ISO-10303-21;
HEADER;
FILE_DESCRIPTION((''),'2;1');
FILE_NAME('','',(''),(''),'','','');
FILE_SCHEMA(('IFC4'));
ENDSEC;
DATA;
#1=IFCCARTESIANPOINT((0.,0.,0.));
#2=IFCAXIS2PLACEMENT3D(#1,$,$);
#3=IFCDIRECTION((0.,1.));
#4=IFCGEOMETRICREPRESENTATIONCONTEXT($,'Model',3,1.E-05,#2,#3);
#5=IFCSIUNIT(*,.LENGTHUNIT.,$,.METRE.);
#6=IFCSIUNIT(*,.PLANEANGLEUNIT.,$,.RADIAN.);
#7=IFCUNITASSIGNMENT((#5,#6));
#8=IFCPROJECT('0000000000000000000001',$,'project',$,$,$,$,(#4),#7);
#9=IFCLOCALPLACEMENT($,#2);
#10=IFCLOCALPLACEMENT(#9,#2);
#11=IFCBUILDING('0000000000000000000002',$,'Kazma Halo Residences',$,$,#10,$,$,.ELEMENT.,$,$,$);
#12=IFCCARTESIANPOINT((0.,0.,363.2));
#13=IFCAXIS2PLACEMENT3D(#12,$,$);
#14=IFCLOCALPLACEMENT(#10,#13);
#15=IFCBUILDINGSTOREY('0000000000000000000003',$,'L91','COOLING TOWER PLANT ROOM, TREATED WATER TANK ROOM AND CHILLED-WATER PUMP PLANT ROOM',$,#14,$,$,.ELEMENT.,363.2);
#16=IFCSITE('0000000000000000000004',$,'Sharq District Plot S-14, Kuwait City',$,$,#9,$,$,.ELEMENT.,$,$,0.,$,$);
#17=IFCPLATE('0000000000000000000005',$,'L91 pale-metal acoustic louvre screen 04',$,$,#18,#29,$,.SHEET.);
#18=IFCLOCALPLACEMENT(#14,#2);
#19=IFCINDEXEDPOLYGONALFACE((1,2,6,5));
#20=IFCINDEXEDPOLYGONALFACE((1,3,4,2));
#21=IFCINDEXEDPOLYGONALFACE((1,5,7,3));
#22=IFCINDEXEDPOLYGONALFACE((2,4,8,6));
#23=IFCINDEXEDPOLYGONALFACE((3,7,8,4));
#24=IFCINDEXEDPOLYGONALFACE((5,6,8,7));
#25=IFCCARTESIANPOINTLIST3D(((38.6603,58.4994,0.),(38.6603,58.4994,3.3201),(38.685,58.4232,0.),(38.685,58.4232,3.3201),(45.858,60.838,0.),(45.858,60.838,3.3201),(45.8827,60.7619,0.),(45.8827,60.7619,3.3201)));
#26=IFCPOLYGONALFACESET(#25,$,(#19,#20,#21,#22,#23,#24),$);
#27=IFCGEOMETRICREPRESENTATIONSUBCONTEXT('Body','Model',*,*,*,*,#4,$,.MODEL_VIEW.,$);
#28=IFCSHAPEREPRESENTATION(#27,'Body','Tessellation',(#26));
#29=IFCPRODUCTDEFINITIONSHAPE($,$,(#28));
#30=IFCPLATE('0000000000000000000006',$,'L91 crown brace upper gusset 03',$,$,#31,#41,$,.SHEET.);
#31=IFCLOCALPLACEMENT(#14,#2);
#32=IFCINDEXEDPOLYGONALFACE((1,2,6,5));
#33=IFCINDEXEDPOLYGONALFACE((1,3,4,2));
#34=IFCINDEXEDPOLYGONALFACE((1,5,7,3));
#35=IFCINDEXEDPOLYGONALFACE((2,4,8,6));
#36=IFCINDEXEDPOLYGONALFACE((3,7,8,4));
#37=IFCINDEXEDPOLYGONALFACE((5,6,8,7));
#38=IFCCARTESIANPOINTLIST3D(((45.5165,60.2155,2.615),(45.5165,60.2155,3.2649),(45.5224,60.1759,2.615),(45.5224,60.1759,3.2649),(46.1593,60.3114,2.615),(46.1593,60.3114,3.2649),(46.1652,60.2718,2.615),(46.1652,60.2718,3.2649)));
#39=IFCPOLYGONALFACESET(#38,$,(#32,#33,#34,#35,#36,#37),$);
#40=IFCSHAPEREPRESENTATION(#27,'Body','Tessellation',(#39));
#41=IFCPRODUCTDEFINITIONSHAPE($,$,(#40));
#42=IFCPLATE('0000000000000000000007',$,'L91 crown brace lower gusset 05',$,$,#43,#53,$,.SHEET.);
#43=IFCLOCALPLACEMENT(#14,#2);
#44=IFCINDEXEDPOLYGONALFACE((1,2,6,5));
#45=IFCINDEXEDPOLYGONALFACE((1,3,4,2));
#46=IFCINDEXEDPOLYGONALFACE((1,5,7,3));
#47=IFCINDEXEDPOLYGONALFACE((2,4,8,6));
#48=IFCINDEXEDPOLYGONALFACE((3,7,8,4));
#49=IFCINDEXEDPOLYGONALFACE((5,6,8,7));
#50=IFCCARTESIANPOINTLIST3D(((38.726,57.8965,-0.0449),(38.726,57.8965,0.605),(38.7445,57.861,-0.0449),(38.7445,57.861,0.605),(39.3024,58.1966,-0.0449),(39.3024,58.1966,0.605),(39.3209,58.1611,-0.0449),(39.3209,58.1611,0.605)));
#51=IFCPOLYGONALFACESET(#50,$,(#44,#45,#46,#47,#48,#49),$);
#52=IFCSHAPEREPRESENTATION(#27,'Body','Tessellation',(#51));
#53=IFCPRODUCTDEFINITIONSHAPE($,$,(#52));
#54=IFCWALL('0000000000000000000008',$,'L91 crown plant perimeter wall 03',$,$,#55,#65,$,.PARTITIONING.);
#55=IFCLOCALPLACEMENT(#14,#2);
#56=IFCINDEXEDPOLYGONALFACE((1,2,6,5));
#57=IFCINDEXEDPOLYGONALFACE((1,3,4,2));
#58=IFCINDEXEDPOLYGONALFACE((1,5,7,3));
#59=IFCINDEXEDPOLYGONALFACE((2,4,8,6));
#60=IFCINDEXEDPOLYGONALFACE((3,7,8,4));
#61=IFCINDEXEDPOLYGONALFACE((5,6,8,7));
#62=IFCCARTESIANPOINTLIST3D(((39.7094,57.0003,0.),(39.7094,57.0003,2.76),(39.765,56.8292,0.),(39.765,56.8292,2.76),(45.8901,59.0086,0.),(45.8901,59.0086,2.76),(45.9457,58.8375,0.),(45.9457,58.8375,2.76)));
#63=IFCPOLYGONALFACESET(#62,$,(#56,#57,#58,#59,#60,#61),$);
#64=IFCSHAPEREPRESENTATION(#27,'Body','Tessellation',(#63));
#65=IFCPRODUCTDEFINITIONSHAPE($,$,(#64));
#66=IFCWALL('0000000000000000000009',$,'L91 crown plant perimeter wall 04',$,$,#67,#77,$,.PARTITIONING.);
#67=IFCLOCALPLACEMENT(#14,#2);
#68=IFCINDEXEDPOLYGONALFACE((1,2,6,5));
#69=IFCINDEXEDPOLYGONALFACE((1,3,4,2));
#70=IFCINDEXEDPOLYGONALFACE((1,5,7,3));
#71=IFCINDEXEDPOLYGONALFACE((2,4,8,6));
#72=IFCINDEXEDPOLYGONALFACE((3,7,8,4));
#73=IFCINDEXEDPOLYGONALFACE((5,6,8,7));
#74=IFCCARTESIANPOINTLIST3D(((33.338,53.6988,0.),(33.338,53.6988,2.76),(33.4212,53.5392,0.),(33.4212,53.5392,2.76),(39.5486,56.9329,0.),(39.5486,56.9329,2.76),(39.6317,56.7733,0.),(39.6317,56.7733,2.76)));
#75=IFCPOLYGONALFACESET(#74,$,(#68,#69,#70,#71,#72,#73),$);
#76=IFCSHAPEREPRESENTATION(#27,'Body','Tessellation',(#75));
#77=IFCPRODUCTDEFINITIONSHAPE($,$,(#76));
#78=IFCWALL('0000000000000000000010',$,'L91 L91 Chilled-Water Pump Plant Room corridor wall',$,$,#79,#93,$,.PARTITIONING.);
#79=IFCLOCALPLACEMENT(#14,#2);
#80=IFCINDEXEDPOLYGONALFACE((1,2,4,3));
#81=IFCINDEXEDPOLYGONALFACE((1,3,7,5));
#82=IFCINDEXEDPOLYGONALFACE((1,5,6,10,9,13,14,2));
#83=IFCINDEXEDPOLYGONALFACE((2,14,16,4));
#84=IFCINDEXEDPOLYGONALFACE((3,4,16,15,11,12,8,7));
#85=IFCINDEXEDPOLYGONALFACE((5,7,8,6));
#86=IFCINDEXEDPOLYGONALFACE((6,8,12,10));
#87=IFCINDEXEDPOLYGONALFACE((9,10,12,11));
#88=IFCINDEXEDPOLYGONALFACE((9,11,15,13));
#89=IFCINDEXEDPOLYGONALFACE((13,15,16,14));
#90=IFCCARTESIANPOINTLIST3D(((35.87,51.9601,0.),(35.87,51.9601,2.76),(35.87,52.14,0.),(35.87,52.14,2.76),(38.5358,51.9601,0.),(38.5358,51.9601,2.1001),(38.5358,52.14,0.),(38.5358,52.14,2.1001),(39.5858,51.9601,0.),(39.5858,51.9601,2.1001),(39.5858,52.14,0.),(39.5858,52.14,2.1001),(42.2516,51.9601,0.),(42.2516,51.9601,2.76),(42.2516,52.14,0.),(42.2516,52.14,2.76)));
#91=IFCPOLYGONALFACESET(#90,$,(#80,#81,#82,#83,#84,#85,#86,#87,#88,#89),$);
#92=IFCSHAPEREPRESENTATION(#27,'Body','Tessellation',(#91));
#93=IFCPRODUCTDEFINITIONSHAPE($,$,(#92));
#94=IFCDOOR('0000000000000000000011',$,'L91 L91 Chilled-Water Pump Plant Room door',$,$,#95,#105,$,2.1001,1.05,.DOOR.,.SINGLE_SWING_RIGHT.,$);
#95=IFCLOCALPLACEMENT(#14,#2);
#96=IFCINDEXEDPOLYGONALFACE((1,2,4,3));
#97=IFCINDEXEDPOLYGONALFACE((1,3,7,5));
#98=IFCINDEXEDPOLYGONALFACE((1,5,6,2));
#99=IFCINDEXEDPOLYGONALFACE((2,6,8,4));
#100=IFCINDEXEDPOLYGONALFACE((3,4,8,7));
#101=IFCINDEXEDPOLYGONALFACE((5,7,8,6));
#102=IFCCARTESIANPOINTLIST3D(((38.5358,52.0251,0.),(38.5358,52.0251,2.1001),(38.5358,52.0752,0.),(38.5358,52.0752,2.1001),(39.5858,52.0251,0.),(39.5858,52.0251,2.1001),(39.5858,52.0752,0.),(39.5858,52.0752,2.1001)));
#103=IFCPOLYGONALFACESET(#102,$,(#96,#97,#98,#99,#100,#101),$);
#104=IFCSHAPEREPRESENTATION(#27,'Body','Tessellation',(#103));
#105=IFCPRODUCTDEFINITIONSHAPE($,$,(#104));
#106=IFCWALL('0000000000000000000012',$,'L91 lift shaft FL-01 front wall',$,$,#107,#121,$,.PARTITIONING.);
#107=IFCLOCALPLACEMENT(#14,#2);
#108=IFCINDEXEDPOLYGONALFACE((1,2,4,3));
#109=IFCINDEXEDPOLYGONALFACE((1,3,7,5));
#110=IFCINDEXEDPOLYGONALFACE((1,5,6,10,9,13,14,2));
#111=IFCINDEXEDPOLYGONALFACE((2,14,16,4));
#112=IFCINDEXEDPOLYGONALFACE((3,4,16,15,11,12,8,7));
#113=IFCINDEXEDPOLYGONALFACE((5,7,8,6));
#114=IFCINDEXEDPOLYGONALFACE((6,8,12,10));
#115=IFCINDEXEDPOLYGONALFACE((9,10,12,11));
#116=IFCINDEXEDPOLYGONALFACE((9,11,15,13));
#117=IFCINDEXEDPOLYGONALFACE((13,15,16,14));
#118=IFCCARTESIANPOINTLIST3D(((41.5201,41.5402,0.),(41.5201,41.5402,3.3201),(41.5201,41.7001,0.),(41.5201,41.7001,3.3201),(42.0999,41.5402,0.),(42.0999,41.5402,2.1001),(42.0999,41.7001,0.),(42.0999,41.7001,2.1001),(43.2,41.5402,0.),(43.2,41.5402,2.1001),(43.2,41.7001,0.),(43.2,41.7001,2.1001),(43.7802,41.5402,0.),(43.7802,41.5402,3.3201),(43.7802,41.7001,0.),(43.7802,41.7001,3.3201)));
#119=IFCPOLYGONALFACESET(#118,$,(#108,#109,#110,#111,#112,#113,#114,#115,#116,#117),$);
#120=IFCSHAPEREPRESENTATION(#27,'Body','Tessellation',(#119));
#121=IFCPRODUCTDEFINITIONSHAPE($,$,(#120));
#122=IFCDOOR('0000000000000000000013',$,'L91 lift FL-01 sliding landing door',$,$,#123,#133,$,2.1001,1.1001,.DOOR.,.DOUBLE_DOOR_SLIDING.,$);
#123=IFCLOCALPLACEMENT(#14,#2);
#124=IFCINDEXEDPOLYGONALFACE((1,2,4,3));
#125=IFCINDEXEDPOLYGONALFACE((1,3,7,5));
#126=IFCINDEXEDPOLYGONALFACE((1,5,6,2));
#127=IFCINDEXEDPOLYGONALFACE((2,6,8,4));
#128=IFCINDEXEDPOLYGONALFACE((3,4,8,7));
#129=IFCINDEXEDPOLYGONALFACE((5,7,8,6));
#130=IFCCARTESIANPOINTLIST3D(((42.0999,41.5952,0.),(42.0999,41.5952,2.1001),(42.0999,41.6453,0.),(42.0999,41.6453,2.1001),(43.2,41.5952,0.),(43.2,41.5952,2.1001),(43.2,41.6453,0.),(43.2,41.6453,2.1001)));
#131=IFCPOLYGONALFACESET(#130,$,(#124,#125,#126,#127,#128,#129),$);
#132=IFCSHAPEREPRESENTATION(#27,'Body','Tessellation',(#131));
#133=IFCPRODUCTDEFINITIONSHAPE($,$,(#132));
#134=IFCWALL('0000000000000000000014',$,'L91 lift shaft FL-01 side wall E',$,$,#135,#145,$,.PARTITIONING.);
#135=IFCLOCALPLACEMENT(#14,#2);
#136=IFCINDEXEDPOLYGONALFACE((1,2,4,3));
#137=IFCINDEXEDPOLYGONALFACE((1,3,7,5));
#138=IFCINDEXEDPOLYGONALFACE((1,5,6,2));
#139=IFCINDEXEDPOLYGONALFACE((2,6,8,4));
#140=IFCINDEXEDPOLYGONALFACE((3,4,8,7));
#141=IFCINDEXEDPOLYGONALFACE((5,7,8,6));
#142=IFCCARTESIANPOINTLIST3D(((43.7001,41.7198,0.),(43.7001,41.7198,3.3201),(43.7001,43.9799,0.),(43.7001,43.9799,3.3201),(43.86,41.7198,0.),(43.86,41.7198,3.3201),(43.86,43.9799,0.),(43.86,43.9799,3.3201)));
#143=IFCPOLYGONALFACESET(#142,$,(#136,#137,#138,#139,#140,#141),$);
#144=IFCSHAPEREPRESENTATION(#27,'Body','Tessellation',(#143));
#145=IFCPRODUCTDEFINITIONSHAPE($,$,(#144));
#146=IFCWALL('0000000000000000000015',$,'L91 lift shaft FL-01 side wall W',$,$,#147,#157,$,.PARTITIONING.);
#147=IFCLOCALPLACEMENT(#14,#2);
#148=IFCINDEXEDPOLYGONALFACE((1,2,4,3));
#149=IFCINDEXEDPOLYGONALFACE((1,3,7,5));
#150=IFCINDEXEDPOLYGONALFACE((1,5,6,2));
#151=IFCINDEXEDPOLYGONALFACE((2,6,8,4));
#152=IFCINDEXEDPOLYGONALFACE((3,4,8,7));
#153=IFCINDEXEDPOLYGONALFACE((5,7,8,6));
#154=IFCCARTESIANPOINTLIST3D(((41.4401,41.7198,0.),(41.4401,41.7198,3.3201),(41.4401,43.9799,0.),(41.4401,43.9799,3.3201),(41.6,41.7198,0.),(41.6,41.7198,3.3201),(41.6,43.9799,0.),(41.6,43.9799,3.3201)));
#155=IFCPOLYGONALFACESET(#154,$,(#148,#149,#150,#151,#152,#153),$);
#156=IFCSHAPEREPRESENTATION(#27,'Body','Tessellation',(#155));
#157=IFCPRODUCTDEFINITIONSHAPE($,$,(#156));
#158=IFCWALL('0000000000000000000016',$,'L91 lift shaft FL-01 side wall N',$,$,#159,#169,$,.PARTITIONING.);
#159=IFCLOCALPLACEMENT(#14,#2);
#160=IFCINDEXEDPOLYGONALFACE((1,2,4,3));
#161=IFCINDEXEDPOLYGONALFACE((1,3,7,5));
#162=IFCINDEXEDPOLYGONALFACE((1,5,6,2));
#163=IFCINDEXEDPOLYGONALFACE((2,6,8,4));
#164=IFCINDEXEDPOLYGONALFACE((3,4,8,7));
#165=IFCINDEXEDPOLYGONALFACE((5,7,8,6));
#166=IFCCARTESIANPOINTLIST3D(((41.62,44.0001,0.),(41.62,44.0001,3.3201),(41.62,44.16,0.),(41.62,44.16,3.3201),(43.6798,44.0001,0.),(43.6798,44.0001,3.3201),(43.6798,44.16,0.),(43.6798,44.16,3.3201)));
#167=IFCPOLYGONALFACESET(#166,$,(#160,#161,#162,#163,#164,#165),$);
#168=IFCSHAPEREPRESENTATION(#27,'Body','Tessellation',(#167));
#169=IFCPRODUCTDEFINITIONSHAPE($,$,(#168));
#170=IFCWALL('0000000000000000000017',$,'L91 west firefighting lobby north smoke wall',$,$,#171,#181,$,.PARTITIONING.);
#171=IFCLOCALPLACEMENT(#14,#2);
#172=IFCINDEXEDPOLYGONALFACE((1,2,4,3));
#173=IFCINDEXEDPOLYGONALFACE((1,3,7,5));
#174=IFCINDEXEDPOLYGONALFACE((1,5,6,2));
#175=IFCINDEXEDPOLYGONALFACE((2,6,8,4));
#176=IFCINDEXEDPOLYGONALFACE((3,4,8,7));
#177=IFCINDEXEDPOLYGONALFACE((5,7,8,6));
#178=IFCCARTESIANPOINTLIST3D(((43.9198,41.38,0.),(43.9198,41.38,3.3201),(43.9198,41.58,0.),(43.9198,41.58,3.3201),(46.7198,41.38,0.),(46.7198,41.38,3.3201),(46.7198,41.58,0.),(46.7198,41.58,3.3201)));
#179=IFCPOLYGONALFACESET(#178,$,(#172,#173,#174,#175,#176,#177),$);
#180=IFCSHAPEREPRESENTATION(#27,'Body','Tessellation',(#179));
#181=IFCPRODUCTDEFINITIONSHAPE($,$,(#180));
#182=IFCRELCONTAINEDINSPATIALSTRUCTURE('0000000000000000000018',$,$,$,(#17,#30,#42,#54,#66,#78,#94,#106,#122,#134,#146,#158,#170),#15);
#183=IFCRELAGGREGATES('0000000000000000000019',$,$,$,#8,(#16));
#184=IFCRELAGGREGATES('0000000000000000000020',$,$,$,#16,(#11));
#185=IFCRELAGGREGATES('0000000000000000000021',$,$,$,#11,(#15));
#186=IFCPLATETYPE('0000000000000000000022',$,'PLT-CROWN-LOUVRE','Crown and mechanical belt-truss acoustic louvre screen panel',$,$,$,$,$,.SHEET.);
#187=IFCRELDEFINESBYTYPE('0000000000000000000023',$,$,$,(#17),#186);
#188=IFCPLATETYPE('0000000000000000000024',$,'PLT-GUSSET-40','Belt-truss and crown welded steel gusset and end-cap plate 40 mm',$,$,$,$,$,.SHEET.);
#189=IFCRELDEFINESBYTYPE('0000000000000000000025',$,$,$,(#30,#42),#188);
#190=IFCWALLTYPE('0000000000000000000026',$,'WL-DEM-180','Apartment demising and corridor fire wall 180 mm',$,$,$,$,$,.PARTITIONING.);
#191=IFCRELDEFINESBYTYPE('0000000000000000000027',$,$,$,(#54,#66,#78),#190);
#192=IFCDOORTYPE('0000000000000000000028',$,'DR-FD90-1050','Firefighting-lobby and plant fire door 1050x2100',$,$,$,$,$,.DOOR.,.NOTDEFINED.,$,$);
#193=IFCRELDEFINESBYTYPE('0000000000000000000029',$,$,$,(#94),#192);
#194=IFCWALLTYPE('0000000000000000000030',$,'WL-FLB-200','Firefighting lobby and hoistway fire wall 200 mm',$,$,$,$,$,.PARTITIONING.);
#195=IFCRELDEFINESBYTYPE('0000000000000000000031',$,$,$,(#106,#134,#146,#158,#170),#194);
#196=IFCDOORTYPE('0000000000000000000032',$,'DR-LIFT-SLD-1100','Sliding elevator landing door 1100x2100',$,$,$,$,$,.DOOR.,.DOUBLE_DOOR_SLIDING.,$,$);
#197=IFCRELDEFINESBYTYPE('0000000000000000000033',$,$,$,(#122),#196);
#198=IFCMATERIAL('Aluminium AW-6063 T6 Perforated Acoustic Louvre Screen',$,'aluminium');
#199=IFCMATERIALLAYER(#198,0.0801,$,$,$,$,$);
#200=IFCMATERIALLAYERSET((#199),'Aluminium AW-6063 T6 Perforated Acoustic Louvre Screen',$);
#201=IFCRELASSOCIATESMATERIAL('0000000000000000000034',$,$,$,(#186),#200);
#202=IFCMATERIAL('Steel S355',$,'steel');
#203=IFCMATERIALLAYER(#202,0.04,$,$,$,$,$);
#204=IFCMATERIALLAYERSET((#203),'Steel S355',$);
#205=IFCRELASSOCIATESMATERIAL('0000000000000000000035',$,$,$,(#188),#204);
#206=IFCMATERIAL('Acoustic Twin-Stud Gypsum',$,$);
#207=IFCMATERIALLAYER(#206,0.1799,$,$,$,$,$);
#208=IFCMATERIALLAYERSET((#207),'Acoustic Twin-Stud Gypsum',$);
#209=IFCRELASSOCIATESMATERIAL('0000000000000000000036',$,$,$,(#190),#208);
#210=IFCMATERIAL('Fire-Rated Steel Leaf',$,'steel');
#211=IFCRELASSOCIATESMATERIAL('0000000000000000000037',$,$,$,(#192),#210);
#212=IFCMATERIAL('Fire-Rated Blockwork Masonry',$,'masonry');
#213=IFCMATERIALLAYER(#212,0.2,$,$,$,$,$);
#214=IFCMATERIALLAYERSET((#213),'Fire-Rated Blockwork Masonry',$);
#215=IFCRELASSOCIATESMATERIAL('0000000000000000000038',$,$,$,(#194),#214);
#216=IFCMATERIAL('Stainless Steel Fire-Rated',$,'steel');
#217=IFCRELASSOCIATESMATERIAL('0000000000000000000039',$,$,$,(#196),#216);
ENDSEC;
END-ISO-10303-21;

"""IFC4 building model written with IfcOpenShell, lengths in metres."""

from ifc_helpers import new_model, si_unit, direction, frame, frame_2d, origin, origin_2d, place, context, subcontext, project, spatial, rectangle, extrude, material, layer, layer_set, type_object, element, fill, save


model = new_model("IFC4")

# Units and contexts
model_context = context("Model", 3, precision=1e-05, world=origin(), true_north=direction((0.0, 1.0)))
body_context = subcontext(model_context, "Body", "Model", "MODEL_VIEW")
ifc_project = project(units=[si_unit("LENGTHUNIT", "METRE"), si_unit("PLANEANGLEUNIT", "RADIAN")], contexts=[model_context])

# Site, building, storey
site_placement = place(None, origin())
site = spatial("IfcSite", under=ifc_project, at=site_placement, Name="Sharq District Plot S-14, Kuwait City", CompositionType="ELEMENT", RefElevation=0.0)
building_placement = place(site_placement, origin())
building = spatial("IfcBuilding", under=site, at=building_placement, Name="Kazma Halo Residences", CompositionType="ELEMENT")
storey_placement = place(building_placement, frame((0.0, 0.0, 363.2)))
storey = spatial("IfcBuildingStorey", under=building, at=storey_placement, Name="L91", Description="COOLING TOWER PLANT ROOM, TREATED WATER TANK ROOM AND CHILLED-WATER PUMP PLANT ROOM", CompositionType="ELEMENT", Elevation=363.2)

# Shared definitions
ifc_material_1 = material(Name="Steel S355", Category="steel")

# Plates
ifc_material_2 = material(Name="Aluminium AW-6063 T6 Perforated Acoustic Louvre Screen", Category="aluminium")
ifc_layer_1 = layer(ifc_material_2, 0.0801)
ifc_layer_set_1 = layer_set([ifc_layer_1], Name="Aluminium AW-6063 T6 Perforated Acoustic Louvre Screen")
plate_type_1 = type_object("IfcPlateType", Name="PLT-CROWN-LOUVRE", Description="Crown and mechanical belt-truss acoustic louvre screen panel", PredefinedType="SHEET", material=ifc_layer_set_1)
plate_placement = place(storey_placement, frame((42.2715, 59.6306, 0.0), z_axis=(0.0, 0.0, 1.0), x_axis=(-0.951058, -0.309012, 0.0)))
element("IfcPlate", 1, at=plate_placement, inside=storey, type_object=plate_type_1, Name="L91 pale-metal acoustic louvre screen 04", PredefinedType="SHEET", context=body_context, shape_type="SweptSolid", body=[
    extrude(rectangle(XDim=7.5681, YDim=0.0801, at=origin_2d()), origin(), (0.0, 0.0, 1.0), 3.3201),
])
ifc_layer_2 = layer(ifc_material_1, 0.04)
ifc_layer_set_2 = layer_set([ifc_layer_2], Name="Steel S355")
plate_type_2 = type_object("IfcPlateType", Name="PLT-GUSSET-40", Description="Belt-truss and crown welded steel gusset and end-cap plate 40 mm", PredefinedType="SHEET", material=ifc_layer_set_2)
for number, where, z_axis, x_axis, name in (
    (2, (45.8408, 60.2437, 2.615), (0.0, 0.0, 1.0), (-0.989034, -0.147687, 0.0), "L91 crown brace upper gusset 03"),
    (3, (39.0234, 58.0288, -0.0449), (0.0, 0.0, 1.0), (-0.88695, -0.461866, 0.0), "L91 crown brace lower gusset 05"),
):
    element("IfcPlate", number, at=place(storey_placement, frame(where, z_axis=z_axis, x_axis=x_axis)), inside=storey, type_object=plate_type_2, Name=name, PredefinedType="SHEET", context=body_context, shape_type="SweptSolid", body=[
        extrude(rectangle(XDim=0.6499, YDim=0.04, at=origin_2d()), origin(), (0.0, 0.0, 1.0), 0.6499),
    ])

# Walls
ifc_material_3 = material(Name="Acoustic Twin-Stud Gypsum")
ifc_layer_3 = layer(ifc_material_3, 0.1799)
ifc_layer_set_3 = layer_set([ifc_layer_3], Name="Acoustic Twin-Stud Gypsum")
wall_type_1 = type_object("IfcWallType", Name="WL-DEM-180", Description="Apartment demising and corridor fire wall 180 mm", PredefinedType="PARTITIONING", material=ifc_layer_set_3)
wall_1_placement = place(storey_placement, frame((45.918, 58.9231, 0.0), z_axis=(0.0, 0.0, 1.0), x_axis=(-0.951053, -0.309028, 0.0)))
element("IfcWall", 4, at=wall_1_placement, inside=storey, type_object=wall_type_1, Name="L91 crown plant perimeter wall 03", PredefinedType="PARTITIONING", context=body_context, shape_type="SweptSolid", body=[
    extrude(rectangle(XDim=6.4988, YDim=0.1799, at=frame_2d((3.2495, 0.0))), origin(), (0.0, 0.0, 1.0), 2.76),
])
wall_2_placement = place(storey_placement, frame((39.5901, 56.853, 0.0), z_axis=(0.0, 0.0, 1.0), x_axis=(-0.886949, -0.461866, 0.0)))
element("IfcWall", 5, at=wall_2_placement, inside=storey, type_object=wall_type_1, Name="L91 crown plant perimeter wall 04", PredefinedType="PARTITIONING", context=body_context, shape_type="SweptSolid", body=[
    extrude(rectangle(XDim=7.0022, YDim=0.1799, at=frame_2d((3.501, 0.0))), origin(), (0.0, 0.0, 1.0), 2.76),
])

# Walls, openings, doors
wall_3_placement = place(storey_placement, frame((42.2517, 52.05, 0.0), z_axis=(0.0, 0.0, 1.0), x_axis=(-1.0, 0.0, 0.0)))
wall_3 = element("IfcWall", 6, at=wall_3_placement, inside=storey, type_object=wall_type_1, Name="L91 L91 Chilled-Water Pump Plant Room corridor wall", PredefinedType="PARTITIONING", context=body_context, shape_type="SweptSolid", body=[
    extrude(rectangle(XDim=6.3816, YDim=0.1799, at=frame_2d((3.1909, 0.0))), origin(), (0.0, 0.0, 1.0), 2.76),
])
opening_1_placement = place(wall_3_placement, frame((2.666, 0.0, 0.0)))
opening_1 = element("IfcOpeningElement", 7, at=opening_1_placement, cuts=wall_3, PredefinedType="OPENING", context=body_context, shape_type="SweptSolid", body=[
    extrude(rectangle(XDim=1.05, YDim=2.1001, at=frame_2d((0.5249, 1.05))), frame((0.0, 0.0999, 0.0), z_axis=(0.0, -1.0, 0.0), x_axis=(1.0, 0.0, 0.0)), (0.0, 0.0, 1.0), 0.2),
])
ifc_material_4 = material(Name="Fire-Rated Steel Leaf", Category="steel")
door_type_1 = type_object("IfcDoorType", Name="DR-FD90-1050", Description="Firefighting-lobby and plant fire door 1050x2100", OperationType="NOTDEFINED", PredefinedType="DOOR", material=ifc_material_4)
door_1_placement = place(opening_1_placement, origin())
door_1 = element("IfcDoor", 8, at=door_1_placement, inside=storey, type_object=door_type_1, Name="L91 L91 Chilled-Water Pump Plant Room door", OperationType="SINGLE_SWING_RIGHT", OverallHeight=2.1001, OverallWidth=1.05, PredefinedType="DOOR", context=body_context, shape_type="SweptSolid", body=[
    extrude(rectangle(XDim=1.05, YDim=2.1001, at=frame_2d((0.5249, 1.05))), frame((0.0, 0.0249, 0.0), z_axis=(0.0, -1.0, 0.0), x_axis=(1.0, 0.0, 0.0)), (0.0, 0.0, 1.0), 0.05),
])
fill(opening_1, door_1)
ifc_material_5 = material(Name="Fire-Rated Blockwork Masonry", Category="masonry")
ifc_layer_4 = layer(ifc_material_5, 0.2)
ifc_layer_set_4 = layer_set([ifc_layer_4], Name="Fire-Rated Blockwork Masonry")
wall_type_2 = type_object("IfcWallType", Name="WL-FLB-200", Description="Firefighting lobby and hoistway fire wall 200 mm", PredefinedType="PARTITIONING", material=ifc_layer_set_4)
wall_4_placement = place(storey_placement, frame((43.78, 41.6201, 0.0), z_axis=(0.0, 0.0, 1.0), x_axis=(-1.0, 0.0, 0.0)))
wall_4 = element("IfcWall", 9, at=wall_4_placement, inside=storey, type_object=wall_type_2, Name="L91 lift shaft FL-01 front wall", PredefinedType="PARTITIONING", context=body_context, shape_type="SweptSolid", body=[
    extrude(rectangle(XDim=2.26, YDim=0.1599, at=frame_2d((1.1299, 0.0))), origin(), (0.0, 0.0, 1.0), 3.3201),
])
opening_2_placement = place(wall_4_placement, frame((0.5801, 0.0, 0.0)))
opening_2 = element("IfcOpeningElement", 10, at=opening_2_placement, cuts=wall_4, PredefinedType="OPENING", context=body_context, shape_type="SweptSolid", body=[
    extrude(rectangle(XDim=1.1001, YDim=2.1001, at=frame_2d((0.55, 1.05))), frame((0.0, 0.0898, 0.0), z_axis=(0.0, -1.0, 0.0), x_axis=(1.0, 0.0, 0.0)), (0.0, 0.0, 1.0), 0.1799),
])
ifc_material_6 = material(Name="Stainless Steel Fire-Rated", Category="steel")
door_type_2 = type_object("IfcDoorType", Name="DR-LIFT-SLD-1100", Description="Sliding elevator landing door 1100x2100", OperationType="DOUBLE_DOOR_SLIDING", PredefinedType="DOOR", material=ifc_material_6)
door_2_placement = place(opening_2_placement, origin())
door_2 = element("IfcDoor", 11, at=door_2_placement, inside=storey, type_object=door_type_2, Name="L91 lift FL-01 sliding landing door", OperationType="DOUBLE_DOOR_SLIDING", OverallHeight=2.1001, OverallWidth=1.1001, PredefinedType="DOOR", context=body_context, shape_type="SweptSolid", body=[
    extrude(rectangle(XDim=1.1001, YDim=2.1001, at=frame_2d((0.55, 1.05))), frame((0.0, 0.0249, 0.0), z_axis=(0.0, -1.0, 0.0), x_axis=(1.0, 0.0, 0.0)), (0.0, 0.0, 1.0), 0.05),
])
fill(opening_2, door_2)

# Walls
for number, where, z_axis, x_axis, name in (
    (12, (43.78, 41.72, 0.0), (0.0, 0.0, 1.0), (0.0, 1.0, 0.0), "L91 lift shaft FL-01 side wall E"),
    (13, (41.52, 41.72, 0.0), (0.0, 0.0, 1.0), (0.0, 1.0, 0.0), "L91 lift shaft FL-01 side wall W"),
):
    element("IfcWall", number, at=place(storey_placement, frame(where, z_axis=z_axis, x_axis=x_axis)), inside=storey, type_object=wall_type_2, Name=name, PredefinedType="PARTITIONING", context=body_context, shape_type="SweptSolid", body=[
        extrude(rectangle(XDim=2.26, YDim=0.1599, at=frame_2d((1.1299, 0.0))), origin(), (0.0, 0.0, 1.0), 3.3201),
    ])
wall_5_placement = place(storey_placement, frame((41.6201, 44.0801, 0.0), z_axis=(0.0, 0.0, 1.0), x_axis=(1.0, 0.0, 0.0)))
element("IfcWall", 14, at=wall_5_placement, inside=storey, type_object=wall_type_2, Name="L91 lift shaft FL-01 side wall N", PredefinedType="PARTITIONING", context=body_context, shape_type="SweptSolid", body=[
    extrude(rectangle(XDim=2.0598, YDim=0.1599, at=frame_2d((1.0298, 0.0))), origin(), (0.0, 0.0, 1.0), 3.3201),
])
wall_6_placement = place(storey_placement, frame((43.9199, 41.48, 0.0), z_axis=(0.0, 0.0, 1.0), x_axis=(1.0, 0.0, 0.0)))
element("IfcWall", 15, at=wall_6_placement, inside=storey, type_object=wall_type_2, Name="L91 west firefighting lobby north smoke wall", PredefinedType="PARTITIONING", context=body_context, shape_type="SweptSolid", body=[
    extrude(rectangle(XDim=2.8, YDim=0.2, at=frame_2d((1.3999, 0.0))), origin(), (0.0, 0.0, 1.0), 3.3201),
])

save(model, "model.ifc")
